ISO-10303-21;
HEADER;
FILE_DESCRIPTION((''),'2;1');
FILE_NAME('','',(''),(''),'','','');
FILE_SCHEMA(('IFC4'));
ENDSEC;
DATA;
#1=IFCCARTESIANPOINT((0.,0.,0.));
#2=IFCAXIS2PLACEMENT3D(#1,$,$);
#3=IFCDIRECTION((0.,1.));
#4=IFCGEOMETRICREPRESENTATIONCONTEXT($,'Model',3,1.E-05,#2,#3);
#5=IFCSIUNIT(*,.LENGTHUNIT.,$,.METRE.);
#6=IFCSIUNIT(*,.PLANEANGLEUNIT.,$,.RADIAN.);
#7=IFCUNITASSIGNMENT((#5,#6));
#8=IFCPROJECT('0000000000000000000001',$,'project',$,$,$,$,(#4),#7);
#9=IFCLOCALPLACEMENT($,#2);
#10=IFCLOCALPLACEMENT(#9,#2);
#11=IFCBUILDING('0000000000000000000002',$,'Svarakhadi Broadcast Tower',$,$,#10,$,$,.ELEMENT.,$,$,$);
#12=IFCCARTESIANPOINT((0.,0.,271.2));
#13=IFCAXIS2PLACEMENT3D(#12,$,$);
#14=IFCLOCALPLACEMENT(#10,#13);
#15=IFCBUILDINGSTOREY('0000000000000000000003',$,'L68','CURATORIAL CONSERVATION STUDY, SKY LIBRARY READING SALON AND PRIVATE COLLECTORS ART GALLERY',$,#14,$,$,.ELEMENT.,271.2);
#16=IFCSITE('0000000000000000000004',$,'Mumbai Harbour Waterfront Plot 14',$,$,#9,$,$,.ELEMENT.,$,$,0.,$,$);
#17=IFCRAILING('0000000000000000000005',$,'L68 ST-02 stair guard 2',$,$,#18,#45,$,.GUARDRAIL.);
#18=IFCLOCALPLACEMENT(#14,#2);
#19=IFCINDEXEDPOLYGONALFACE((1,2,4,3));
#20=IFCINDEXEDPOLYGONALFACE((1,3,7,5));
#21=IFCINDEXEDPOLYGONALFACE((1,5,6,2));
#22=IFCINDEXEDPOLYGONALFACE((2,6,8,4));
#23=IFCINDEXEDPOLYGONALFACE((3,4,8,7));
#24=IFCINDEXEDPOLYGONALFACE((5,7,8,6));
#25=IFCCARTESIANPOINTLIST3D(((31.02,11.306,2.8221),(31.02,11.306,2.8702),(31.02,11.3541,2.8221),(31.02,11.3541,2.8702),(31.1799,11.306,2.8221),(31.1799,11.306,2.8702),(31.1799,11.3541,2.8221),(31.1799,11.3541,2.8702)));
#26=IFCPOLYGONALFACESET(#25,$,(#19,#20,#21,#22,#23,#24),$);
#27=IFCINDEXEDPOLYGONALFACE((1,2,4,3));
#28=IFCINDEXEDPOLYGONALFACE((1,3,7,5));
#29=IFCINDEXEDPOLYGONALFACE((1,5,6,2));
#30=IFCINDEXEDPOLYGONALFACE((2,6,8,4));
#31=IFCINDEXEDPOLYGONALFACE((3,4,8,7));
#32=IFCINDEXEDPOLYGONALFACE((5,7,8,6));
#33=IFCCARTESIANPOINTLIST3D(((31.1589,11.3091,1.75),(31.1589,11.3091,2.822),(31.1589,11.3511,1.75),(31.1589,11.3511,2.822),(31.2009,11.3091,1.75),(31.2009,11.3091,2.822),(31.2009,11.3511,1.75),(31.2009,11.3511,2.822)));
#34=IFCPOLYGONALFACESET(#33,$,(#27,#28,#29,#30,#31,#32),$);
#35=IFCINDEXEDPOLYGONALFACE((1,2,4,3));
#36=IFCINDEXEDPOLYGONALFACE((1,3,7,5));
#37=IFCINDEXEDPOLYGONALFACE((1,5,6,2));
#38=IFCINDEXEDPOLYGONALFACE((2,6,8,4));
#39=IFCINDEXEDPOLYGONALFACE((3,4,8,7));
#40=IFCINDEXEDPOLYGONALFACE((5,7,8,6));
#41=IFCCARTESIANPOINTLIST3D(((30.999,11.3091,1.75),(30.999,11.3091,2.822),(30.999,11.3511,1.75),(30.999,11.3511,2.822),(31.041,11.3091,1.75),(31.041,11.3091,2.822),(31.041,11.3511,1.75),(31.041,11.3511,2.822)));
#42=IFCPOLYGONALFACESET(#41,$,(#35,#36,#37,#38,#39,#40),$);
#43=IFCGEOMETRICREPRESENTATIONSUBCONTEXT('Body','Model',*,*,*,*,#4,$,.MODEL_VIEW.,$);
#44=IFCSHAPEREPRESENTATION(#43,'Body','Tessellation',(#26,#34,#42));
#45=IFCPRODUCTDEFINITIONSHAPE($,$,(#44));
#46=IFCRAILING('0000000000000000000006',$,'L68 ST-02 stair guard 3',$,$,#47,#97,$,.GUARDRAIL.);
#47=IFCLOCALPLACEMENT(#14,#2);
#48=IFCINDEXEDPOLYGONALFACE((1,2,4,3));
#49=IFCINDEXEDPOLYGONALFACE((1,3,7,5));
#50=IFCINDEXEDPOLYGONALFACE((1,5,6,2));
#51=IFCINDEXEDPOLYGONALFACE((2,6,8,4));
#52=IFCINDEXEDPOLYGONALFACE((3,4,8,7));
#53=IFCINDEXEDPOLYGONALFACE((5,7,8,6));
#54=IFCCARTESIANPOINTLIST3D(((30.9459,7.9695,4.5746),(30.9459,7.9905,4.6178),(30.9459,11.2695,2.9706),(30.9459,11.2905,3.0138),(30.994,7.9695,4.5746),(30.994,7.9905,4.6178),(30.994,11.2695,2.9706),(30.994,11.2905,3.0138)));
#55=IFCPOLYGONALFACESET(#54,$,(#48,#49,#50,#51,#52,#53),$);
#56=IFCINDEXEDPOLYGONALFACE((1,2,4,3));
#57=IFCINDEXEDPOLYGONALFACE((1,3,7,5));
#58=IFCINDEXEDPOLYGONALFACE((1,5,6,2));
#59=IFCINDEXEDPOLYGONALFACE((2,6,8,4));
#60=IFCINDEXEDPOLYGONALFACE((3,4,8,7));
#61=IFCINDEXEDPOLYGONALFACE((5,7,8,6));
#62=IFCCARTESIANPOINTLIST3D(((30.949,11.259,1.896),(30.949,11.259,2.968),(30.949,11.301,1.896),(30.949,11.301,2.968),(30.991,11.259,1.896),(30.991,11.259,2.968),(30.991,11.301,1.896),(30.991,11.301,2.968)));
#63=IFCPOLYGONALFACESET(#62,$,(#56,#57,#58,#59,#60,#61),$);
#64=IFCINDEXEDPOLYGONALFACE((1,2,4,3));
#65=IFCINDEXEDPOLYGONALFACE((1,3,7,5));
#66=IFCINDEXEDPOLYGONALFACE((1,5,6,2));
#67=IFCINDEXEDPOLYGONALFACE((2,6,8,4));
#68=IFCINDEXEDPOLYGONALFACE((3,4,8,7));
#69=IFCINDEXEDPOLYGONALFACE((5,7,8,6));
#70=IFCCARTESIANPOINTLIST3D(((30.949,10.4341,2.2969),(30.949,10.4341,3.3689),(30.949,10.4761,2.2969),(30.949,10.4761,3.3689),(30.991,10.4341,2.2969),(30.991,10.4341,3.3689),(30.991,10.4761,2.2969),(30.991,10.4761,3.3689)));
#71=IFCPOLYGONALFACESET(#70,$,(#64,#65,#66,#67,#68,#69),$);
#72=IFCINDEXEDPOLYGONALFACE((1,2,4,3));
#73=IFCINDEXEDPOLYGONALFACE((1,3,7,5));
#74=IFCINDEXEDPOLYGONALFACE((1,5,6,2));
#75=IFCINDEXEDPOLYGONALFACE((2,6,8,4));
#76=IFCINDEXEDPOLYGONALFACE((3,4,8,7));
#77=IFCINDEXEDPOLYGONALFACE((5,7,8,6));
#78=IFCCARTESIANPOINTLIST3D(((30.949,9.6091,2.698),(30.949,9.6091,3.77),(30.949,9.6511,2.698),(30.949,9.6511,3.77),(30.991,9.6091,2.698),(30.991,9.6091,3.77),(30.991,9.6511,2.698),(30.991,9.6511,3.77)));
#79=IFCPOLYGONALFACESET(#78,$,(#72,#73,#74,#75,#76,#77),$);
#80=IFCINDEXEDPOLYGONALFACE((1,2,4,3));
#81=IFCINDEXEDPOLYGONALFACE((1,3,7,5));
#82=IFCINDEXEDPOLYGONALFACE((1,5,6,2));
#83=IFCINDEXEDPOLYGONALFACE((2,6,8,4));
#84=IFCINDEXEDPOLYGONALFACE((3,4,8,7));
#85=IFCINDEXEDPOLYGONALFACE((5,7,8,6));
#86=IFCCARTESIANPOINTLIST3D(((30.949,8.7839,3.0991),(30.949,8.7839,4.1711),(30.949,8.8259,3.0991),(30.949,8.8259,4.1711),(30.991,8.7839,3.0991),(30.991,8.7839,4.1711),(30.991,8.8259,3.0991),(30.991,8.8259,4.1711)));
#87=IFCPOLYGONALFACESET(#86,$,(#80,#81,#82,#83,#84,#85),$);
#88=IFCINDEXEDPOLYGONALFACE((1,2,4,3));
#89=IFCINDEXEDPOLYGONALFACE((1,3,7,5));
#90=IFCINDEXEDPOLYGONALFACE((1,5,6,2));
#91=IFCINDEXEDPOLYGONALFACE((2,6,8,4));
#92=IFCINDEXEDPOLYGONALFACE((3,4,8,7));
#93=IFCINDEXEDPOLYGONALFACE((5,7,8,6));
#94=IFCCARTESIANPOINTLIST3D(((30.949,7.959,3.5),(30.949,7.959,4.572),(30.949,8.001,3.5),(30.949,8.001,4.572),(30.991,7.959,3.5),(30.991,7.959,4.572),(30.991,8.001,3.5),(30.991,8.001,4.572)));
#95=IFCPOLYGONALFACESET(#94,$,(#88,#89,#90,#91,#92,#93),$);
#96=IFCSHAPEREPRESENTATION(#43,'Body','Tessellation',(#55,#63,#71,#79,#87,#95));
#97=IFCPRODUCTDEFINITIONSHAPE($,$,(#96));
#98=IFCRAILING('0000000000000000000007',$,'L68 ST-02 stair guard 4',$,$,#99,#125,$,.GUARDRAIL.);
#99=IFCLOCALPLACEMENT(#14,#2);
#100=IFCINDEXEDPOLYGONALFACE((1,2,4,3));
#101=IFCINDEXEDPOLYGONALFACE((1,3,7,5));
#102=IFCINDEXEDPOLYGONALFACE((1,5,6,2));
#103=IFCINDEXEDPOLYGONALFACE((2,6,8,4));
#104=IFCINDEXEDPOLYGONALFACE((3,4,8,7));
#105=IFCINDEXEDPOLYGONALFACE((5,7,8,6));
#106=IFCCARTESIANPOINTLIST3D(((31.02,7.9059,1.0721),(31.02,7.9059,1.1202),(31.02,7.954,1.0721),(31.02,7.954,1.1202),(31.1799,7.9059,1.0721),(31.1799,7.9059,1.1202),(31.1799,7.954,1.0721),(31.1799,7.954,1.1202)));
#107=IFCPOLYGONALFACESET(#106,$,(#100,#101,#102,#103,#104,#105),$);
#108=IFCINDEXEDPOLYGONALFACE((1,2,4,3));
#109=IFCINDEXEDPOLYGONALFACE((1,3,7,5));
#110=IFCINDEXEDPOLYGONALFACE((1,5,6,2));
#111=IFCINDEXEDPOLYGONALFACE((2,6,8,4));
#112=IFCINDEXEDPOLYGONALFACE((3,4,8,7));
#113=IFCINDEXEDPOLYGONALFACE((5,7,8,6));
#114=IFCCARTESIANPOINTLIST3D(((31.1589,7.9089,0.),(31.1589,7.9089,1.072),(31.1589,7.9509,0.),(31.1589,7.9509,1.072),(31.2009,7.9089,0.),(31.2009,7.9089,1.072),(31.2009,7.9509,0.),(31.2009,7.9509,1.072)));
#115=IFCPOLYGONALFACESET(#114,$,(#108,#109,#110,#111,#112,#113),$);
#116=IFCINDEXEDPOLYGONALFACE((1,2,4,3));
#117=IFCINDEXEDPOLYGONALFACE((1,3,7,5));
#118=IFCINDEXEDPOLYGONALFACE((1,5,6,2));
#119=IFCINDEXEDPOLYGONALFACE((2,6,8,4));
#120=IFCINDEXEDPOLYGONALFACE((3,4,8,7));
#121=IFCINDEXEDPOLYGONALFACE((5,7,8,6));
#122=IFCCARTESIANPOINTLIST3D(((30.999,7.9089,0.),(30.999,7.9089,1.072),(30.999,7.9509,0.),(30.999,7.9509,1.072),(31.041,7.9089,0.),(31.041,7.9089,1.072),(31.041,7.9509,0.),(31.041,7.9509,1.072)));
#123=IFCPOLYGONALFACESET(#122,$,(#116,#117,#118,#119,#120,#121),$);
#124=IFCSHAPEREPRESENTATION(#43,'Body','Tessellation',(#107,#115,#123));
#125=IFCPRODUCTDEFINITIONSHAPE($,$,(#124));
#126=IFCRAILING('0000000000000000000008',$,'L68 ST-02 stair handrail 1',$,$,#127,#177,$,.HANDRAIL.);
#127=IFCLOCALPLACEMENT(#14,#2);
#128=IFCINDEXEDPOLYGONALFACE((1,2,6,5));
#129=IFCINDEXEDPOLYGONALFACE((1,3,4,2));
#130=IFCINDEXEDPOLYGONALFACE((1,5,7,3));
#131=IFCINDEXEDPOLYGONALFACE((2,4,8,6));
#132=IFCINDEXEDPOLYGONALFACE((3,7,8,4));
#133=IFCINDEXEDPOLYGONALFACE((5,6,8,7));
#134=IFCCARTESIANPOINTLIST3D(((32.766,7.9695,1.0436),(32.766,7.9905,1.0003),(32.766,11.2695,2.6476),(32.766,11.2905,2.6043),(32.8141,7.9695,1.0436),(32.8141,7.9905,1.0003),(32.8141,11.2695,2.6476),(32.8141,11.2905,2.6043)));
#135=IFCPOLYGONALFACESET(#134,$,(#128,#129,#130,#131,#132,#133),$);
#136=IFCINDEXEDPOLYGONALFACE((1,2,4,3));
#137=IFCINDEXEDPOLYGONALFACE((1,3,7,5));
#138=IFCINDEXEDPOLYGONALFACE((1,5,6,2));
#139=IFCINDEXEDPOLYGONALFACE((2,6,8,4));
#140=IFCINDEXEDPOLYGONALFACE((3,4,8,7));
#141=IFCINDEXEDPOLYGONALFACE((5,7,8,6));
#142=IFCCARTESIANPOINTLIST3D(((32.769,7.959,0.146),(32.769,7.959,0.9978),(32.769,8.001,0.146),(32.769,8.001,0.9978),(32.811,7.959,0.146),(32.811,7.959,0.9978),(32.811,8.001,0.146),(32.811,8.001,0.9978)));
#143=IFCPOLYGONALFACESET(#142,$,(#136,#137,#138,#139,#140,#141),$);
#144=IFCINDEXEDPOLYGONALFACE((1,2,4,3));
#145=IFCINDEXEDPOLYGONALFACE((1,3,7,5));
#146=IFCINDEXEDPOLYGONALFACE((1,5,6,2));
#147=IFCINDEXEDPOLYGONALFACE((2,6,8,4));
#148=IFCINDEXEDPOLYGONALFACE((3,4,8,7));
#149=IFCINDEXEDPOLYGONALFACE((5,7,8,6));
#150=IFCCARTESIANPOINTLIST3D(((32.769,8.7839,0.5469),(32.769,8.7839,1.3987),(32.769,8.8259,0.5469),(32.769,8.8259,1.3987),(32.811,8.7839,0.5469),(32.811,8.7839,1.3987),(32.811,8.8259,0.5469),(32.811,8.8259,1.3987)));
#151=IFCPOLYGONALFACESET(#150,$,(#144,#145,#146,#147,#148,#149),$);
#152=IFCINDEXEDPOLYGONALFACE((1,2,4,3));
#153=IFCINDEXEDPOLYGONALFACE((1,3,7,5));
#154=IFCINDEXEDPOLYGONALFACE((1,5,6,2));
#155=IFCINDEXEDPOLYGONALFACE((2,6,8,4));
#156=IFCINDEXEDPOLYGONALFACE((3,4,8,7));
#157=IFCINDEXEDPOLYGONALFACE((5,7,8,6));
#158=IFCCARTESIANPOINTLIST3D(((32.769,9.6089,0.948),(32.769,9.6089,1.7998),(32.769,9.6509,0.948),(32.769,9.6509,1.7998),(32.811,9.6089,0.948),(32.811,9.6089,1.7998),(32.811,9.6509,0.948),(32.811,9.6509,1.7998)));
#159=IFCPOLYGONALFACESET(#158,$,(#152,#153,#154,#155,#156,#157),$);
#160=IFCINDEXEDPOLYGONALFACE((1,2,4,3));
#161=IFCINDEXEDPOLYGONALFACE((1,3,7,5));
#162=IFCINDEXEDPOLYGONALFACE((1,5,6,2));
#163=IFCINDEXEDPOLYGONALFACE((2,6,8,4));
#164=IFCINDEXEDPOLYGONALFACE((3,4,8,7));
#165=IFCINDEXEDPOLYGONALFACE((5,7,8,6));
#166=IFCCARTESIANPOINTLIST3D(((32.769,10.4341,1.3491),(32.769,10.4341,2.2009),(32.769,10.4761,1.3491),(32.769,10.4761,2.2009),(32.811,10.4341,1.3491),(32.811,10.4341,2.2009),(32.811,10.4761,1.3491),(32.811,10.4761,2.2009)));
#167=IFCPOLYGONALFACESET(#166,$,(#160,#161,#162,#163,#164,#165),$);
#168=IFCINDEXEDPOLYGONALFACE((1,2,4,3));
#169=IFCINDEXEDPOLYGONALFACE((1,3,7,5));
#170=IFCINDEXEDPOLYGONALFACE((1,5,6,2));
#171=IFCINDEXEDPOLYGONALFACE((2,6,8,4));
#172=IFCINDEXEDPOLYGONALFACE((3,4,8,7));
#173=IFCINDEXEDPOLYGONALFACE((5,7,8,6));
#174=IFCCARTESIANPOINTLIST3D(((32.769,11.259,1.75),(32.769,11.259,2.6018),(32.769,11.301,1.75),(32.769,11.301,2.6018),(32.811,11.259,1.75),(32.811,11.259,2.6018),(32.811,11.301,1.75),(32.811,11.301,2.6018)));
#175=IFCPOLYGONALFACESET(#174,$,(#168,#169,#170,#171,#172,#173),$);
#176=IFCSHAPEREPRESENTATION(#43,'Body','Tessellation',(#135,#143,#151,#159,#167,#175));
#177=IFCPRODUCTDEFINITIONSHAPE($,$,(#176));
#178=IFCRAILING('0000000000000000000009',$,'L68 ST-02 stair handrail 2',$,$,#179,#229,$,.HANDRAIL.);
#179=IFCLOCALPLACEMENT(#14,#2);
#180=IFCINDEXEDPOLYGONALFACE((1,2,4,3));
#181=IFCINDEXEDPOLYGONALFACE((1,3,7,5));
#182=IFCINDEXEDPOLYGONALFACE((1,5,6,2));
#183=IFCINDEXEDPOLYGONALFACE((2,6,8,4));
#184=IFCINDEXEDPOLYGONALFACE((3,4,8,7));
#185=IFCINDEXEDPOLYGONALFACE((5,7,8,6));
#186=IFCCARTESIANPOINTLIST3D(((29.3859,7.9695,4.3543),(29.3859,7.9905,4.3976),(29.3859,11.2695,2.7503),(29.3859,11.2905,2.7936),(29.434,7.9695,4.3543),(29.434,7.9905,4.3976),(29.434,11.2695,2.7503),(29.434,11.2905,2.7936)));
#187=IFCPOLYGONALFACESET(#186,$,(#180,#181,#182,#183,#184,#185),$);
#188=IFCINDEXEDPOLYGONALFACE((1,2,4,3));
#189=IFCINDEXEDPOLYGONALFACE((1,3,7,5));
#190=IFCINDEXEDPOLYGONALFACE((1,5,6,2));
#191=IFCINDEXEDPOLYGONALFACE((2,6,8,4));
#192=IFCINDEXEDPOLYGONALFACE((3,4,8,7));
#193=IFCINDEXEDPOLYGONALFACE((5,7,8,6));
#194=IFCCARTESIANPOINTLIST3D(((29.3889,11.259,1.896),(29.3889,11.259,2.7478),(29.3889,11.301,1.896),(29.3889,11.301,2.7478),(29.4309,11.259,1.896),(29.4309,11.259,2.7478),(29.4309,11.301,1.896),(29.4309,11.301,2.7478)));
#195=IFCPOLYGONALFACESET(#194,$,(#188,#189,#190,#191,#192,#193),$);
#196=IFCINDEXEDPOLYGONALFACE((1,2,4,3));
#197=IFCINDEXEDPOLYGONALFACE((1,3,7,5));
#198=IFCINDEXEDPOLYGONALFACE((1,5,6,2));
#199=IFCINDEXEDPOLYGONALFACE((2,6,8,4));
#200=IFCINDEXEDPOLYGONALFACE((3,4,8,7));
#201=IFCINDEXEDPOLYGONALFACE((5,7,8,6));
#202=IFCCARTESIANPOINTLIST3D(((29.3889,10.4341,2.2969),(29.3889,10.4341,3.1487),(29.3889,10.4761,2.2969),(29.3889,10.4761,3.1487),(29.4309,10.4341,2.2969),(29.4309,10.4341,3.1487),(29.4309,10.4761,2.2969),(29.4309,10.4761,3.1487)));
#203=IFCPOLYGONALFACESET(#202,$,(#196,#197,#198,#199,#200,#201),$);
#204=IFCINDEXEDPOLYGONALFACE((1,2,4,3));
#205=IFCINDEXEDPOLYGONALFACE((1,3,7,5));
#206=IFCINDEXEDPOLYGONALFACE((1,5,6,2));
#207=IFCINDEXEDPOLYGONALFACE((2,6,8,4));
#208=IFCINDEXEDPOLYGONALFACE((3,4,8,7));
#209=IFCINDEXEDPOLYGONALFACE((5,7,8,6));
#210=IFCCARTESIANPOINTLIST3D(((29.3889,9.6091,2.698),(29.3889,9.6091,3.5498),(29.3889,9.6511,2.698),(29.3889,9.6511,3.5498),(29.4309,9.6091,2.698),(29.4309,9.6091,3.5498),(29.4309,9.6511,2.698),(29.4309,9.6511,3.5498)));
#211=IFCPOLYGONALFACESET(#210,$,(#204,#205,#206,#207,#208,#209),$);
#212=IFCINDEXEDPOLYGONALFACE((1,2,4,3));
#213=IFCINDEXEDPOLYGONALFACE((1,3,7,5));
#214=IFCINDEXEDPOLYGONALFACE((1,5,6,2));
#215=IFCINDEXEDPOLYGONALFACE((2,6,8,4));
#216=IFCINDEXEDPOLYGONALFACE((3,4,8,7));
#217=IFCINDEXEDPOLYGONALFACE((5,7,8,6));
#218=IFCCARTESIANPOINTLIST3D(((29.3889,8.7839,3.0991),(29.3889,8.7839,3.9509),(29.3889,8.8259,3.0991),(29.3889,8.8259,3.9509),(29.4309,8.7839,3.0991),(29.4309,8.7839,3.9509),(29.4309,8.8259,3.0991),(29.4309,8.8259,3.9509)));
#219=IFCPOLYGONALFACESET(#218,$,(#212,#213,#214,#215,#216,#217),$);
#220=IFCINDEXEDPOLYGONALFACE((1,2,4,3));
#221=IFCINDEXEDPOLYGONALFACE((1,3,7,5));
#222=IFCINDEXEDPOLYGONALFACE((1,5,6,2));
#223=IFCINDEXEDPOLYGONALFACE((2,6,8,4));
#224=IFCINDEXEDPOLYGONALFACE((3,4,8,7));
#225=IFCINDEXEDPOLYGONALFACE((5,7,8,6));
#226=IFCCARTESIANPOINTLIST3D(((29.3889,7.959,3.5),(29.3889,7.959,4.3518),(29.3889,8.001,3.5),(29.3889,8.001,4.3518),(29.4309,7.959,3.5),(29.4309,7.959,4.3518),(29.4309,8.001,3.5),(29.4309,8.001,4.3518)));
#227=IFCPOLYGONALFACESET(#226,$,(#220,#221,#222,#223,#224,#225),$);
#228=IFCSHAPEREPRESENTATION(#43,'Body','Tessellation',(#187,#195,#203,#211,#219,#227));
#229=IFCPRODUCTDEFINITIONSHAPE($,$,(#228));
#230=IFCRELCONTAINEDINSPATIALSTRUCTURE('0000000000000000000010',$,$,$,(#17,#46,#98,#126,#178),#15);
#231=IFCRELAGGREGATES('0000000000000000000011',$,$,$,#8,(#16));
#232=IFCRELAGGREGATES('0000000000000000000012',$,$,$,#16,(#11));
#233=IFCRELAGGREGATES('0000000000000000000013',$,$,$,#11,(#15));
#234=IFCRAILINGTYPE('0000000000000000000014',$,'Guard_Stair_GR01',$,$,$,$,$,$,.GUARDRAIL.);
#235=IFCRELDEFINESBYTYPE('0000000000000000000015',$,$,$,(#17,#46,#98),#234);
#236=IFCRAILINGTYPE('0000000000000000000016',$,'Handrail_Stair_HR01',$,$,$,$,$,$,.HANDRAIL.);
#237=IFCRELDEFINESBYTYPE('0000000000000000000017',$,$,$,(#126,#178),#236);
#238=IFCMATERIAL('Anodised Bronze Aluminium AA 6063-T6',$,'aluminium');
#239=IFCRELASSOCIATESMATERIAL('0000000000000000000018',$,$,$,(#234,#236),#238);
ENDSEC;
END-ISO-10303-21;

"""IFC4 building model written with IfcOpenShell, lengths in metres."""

from ifc_helpers import new_model, si_unit, direction, frame, origin, origin_2d, place, context, subcontext, project, spatial, rectangle, extrude, material, type_object, element, save


model = new_model("IFC4")

# Units and contexts
model_context = context("Model", 3, precision=1e-05, world=origin(), true_north=direction((0.0, 1.0)))
body_context = subcontext(model_context, "Body", "Model", "MODEL_VIEW")
ifc_project = project(units=[si_unit("LENGTHUNIT", "METRE"), si_unit("PLANEANGLEUNIT", "RADIAN")], contexts=[model_context])

# Site, building, storey
site_placement = place(None, origin())
site = spatial("IfcSite", under=ifc_project, at=site_placement, Name="Mumbai Harbour Waterfront Plot 14", CompositionType="ELEMENT", RefElevation=0.0)
building_placement = place(site_placement, origin())
building = spatial("IfcBuilding", under=site, at=building_placement, Name="Svarakhadi Broadcast Tower", CompositionType="ELEMENT")
storey_placement = place(building_placement, frame((0.0, 0.0, 271.2)))
storey = spatial("IfcBuildingStorey", under=building, at=storey_placement, Name="L68", Description="CURATORIAL CONSERVATION STUDY, SKY LIBRARY READING SALON AND PRIVATE COLLECTORS ART GALLERY", CompositionType="ELEMENT", Elevation=271.2)

# Shared definitions
ifc_material_1 = material(Name="Anodised Bronze Aluminium AA 6063-T6", Category="aluminium")

# Railings
railing_type_1 = type_object("IfcRailingType", Name="Guard_Stair_GR01", PredefinedType="GUARDRAIL", material=ifc_material_1)
railing_1_placement = place(storey_placement, frame((31.1799, 11.3301, 1.75)))
element("IfcRailing", 1, at=railing_1_placement, inside=storey, type_object=railing_type_1, Name="L68 ST-02 stair guard 2", PredefinedType="GUARDRAIL", context=body_context, shape_type="SweptSolid", body=[
    extrude(rectangle(XDim=0.0481, YDim=0.0481, at=origin_2d()), frame((0.0, 0.0, 1.0962), z_axis=(-1.0, 0.0, 0.0), x_axis=(0.0, -1.0, 0.0)), (0.0, 0.0, 1.0), 0.1599),
    extrude(rectangle(XDim=0.042, YDim=0.042, at=origin_2d()), origin(), (0.0, 0.0, 1.0), 1.072),
    extrude(rectangle(XDim=0.042, YDim=0.042, at=origin_2d()), frame((-0.1599, 0.0, 0.0)), (0.0, 0.0, 1.0), 1.072),
])
railing_2_placement = place(storey_placement, frame((30.97, 11.28, 1.896)))
element("IfcRailing", 2, at=railing_2_placement, inside=storey, type_object=railing_type_1, Name="L68 ST-02 stair guard 3", PredefinedType="GUARDRAIL", context=body_context, shape_type="SweptSolid", body=[
    extrude(rectangle(XDim=0.0481, YDim=0.0481, at=origin_2d()), frame((0.0, 0.0, 1.0962), z_axis=(0.0, -0.899388, 0.437152), x_axis=(1.0, 0.0, 0.0)), (0.0, 0.0, 1.0), 3.6692),
    extrude(rectangle(XDim=0.042, YDim=0.042, at=origin_2d()), origin(), (0.0, 0.0, 1.0), 1.072),
    extrude(rectangle(XDim=0.042, YDim=0.042, at=origin_2d()), frame((0.0, -0.825, 0.4009)), (0.0, 0.0, 1.0), 1.072),
    extrude(rectangle(XDim=0.042, YDim=0.042, at=origin_2d()), frame((0.0, -1.6499, 0.802)), (0.0, 0.0, 1.0), 1.072),
    extrude(rectangle(XDim=0.042, YDim=0.042, at=origin_2d()), frame((0.0, -2.4751, 1.2031)), (0.0, 0.0, 1.0), 1.072),
    extrude(rectangle(XDim=0.042, YDim=0.042, at=origin_2d()), frame((0.0, -3.3, 1.604)), (0.0, 0.0, 1.0), 1.072),
])
railing_3_placement = place(storey_placement, frame((31.1799, 7.9299, 0.0)))
element("IfcRailing", 3, at=railing_3_placement, inside=storey, type_object=railing_type_1, Name="L68 ST-02 stair guard 4", PredefinedType="GUARDRAIL", context=body_context, shape_type="SweptSolid", body=[
    extrude(rectangle(XDim=0.0481, YDim=0.0481, at=origin_2d()), frame((0.0, 0.0, 1.0962), z_axis=(-1.0, 0.0, 0.0), x_axis=(0.0, -1.0, 0.0)), (0.0, 0.0, 1.0), 0.1599),
    extrude(rectangle(XDim=0.042, YDim=0.042, at=origin_2d()), origin(), (0.0, 0.0, 1.0), 1.072),
    extrude(rectangle(XDim=0.042, YDim=0.042, at=origin_2d()), frame((-0.1599, 0.0, 0.0)), (0.0, 0.0, 1.0), 1.072),
])
railing_type_2 = type_object("IfcRailingType", Name="Handrail_Stair_HR01", PredefinedType="HANDRAIL", material=ifc_material_1)
railing_4_placement = place(storey_placement, frame((32.79, 7.98, 0.146)))
element("IfcRailing", 4, at=railing_4_placement, inside=storey, type_object=railing_type_2, Name="L68 ST-02 stair handrail 1", PredefinedType="HANDRAIL", context=body_context, shape_type="SweptSolid", body=[
    extrude(rectangle(XDim=0.0481, YDim=0.0481, at=origin_2d()), frame((0.0, 0.0, 0.876), z_axis=(0.0, 0.899388, 0.437152), x_axis=(-1.0, 0.0, 0.0)), (0.0, 0.0, 1.0), 3.6692),
    extrude(rectangle(XDim=0.042, YDim=0.042, at=origin_2d()), origin(), (0.0, 0.0, 1.0), 0.8518),
    extrude(rectangle(XDim=0.042, YDim=0.042, at=origin_2d()), frame((0.0, 0.825, 0.4009)), (0.0, 0.0, 1.0), 0.8518),
    extrude(rectangle(XDim=0.042, YDim=0.042, at=origin_2d()), frame((0.0, 1.6499, 0.802)), (0.0, 0.0, 1.0), 0.8518),
    extrude(rectangle(XDim=0.042, YDim=0.042, at=origin_2d()), frame((0.0, 2.4751, 1.2031)), (0.0, 0.0, 1.0), 0.8518),
    extrude(rectangle(XDim=0.042, YDim=0.042, at=origin_2d()), frame((0.0, 3.3, 1.604)), (0.0, 0.0, 1.0), 0.8518),
])
railing_5_placement = place(storey_placement, frame((29.4099, 11.28, 1.896)))
element("IfcRailing", 5, at=railing_5_placement, inside=storey, type_object=railing_type_2, Name="L68 ST-02 stair handrail 2", PredefinedType="HANDRAIL", context=body_context, shape_type="SweptSolid", body=[
    extrude(rectangle(XDim=0.0481, YDim=0.0481, at=origin_2d()), frame((0.0, 0.0, 0.876), z_axis=(0.0, -0.899388, 0.437152), x_axis=(1.0, 0.0, 0.0)), (0.0, 0.0, 1.0), 3.6692),
    extrude(rectangle(XDim=0.042, YDim=0.042, at=origin_2d()), origin(), (0.0, 0.0, 1.0), 0.8518),
    extrude(rectangle(XDim=0.042, YDim=0.042, at=origin_2d()), frame((0.0, -0.825, 0.4009)), (0.0, 0.0, 1.0), 0.8518),
    extrude(rectangle(XDim=0.042, YDim=0.042, at=origin_2d()), frame((0.0, -1.6499, 0.802)), (0.0, 0.0, 1.0), 0.8518),
    extrude(rectangle(XDim=0.042, YDim=0.042, at=origin_2d()), frame((0.0, -2.4751, 1.2031)), (0.0, 0.0, 1.0), 0.8518),
    extrude(rectangle(XDim=0.042, YDim=0.042, at=origin_2d()), frame((0.0, -3.3, 1.604)), (0.0, 0.0, 1.0), 0.8518),
])

save(model, "model.ifc")
